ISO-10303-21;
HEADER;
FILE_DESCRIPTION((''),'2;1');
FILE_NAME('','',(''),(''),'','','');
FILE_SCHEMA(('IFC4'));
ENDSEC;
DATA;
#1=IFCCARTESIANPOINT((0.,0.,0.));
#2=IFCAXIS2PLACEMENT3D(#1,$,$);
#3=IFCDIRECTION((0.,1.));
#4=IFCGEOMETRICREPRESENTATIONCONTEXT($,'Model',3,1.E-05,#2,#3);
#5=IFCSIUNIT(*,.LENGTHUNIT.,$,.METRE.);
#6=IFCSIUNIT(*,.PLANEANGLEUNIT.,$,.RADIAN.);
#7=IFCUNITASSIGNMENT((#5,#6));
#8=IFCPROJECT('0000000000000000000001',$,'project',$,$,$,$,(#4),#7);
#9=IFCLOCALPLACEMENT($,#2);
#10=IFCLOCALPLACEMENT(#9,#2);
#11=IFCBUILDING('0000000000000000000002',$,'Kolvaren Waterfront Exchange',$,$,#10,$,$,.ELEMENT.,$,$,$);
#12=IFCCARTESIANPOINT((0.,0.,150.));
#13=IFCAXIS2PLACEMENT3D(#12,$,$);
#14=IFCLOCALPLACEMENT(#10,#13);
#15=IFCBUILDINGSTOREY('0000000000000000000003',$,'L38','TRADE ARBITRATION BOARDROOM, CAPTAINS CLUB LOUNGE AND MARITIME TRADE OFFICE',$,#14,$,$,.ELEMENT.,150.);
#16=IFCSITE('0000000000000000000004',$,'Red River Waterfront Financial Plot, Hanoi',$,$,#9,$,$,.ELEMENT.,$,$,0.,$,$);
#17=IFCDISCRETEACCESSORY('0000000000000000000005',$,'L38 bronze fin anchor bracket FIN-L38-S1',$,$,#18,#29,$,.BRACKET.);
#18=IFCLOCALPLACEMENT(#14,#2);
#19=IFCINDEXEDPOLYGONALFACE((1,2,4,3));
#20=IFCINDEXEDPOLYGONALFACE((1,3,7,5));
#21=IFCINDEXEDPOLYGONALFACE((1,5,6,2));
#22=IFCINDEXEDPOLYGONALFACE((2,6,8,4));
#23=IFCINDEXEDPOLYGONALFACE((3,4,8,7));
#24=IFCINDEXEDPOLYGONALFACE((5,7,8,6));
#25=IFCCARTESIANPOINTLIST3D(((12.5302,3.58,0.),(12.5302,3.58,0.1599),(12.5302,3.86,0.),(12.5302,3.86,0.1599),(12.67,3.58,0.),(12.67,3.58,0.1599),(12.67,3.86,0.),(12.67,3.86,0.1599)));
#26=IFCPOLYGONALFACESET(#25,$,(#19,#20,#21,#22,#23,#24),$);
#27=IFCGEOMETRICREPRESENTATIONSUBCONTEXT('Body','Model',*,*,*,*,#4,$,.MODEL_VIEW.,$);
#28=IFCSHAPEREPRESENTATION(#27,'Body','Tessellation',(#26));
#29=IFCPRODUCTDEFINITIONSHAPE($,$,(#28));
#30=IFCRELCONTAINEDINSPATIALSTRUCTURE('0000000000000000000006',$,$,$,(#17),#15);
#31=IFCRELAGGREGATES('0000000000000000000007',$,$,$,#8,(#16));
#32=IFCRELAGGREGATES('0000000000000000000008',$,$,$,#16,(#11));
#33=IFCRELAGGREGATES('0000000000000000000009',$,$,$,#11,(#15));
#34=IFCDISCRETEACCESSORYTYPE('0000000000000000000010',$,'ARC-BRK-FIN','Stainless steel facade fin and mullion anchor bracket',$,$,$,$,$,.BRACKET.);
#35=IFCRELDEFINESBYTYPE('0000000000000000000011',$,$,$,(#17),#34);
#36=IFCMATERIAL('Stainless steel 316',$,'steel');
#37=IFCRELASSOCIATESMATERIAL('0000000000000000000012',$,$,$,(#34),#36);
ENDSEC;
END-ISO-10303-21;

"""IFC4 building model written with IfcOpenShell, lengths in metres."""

from ifc_helpers import new_model, si_unit, direction, frame, origin, origin_with_axes, origin_2d, place, context, subcontext, project, spatial, rectangle, extrude, source, transform, mapped, material, type_object, element, save


model = new_model("IFC4")

# Units and contexts
model_context = context("Model", 3, precision=1e-05, world=origin(), true_north=direction((0.0, 1.0)))
body_context = subcontext(model_context, "Body", "Model", "MODEL_VIEW")
ifc_project = project(units=[si_unit("LENGTHUNIT", "METRE"), si_unit("PLANEANGLEUNIT", "RADIAN")], contexts=[model_context])

# Site, building, storey
site_placement = place(None, origin())
site = spatial("IfcSite", under=ifc_project, at=site_placement, Name="Red River Waterfront Financial Plot, Hanoi", CompositionType="ELEMENT", RefElevation=0.0)
building_placement = place(site_placement, origin())
building = spatial("IfcBuilding", under=site, at=building_placement, Name="Kolvaren Waterfront Exchange", CompositionType="ELEMENT")
storey_placement = place(building_placement, frame((0.0, 0.0, 150.0)))
storey = spatial("IfcBuildingStorey", under=building, at=storey_placement, Name="L38", Description="TRADE ARBITRATION BOARDROOM, CAPTAINS CLUB LOUNGE AND MARITIME TRADE OFFICE", CompositionType="ELEMENT", Elevation=150.0)

# Shared definitions
ifc_material_1 = material(Name="Stainless steel 316", Category="steel")

# Discrete accessory
discrete_accessory_type = type_object("IfcDiscreteAccessoryType", Name="ARC-BRK-FIN", Description="Stainless steel facade fin and mullion anchor bracket", PredefinedType="BRACKET", material=ifc_material_1)
shared_shape_1 = source(origin_with_axes(), body_context, "Body", "SweptSolid", [
    extrude(rectangle(XDim=0.28, YDim=0.1399, at=origin_2d()), origin(), (0.0, 0.0, 1.0), 0.1599),
])
discrete_accessory_placement = place(storey_placement, frame((12.6001, 3.72, 0.0), z_axis=(0.0, 0.0, 1.0), x_axis=(0.0, -1.0, 0.0)))
element("IfcDiscreteAccessory", 1, at=discrete_accessory_placement, inside=storey, type_object=discrete_accessory_type, Name="L38 bronze fin anchor bracket FIN-L38-S1", PredefinedType="BRACKET", context=body_context, shape_type="MappedRepresentation", body=[
    mapped(shared_shape_1, transform((0.0, 0.0, 0.0), x_axis=(1.0, 0.0, 0.0), y_axis=(0.0, 1.0, 0.0), z_axis=(0.0, 0.0, 1.0), scale=1.0)),
])

save(model, "model.ifc")
